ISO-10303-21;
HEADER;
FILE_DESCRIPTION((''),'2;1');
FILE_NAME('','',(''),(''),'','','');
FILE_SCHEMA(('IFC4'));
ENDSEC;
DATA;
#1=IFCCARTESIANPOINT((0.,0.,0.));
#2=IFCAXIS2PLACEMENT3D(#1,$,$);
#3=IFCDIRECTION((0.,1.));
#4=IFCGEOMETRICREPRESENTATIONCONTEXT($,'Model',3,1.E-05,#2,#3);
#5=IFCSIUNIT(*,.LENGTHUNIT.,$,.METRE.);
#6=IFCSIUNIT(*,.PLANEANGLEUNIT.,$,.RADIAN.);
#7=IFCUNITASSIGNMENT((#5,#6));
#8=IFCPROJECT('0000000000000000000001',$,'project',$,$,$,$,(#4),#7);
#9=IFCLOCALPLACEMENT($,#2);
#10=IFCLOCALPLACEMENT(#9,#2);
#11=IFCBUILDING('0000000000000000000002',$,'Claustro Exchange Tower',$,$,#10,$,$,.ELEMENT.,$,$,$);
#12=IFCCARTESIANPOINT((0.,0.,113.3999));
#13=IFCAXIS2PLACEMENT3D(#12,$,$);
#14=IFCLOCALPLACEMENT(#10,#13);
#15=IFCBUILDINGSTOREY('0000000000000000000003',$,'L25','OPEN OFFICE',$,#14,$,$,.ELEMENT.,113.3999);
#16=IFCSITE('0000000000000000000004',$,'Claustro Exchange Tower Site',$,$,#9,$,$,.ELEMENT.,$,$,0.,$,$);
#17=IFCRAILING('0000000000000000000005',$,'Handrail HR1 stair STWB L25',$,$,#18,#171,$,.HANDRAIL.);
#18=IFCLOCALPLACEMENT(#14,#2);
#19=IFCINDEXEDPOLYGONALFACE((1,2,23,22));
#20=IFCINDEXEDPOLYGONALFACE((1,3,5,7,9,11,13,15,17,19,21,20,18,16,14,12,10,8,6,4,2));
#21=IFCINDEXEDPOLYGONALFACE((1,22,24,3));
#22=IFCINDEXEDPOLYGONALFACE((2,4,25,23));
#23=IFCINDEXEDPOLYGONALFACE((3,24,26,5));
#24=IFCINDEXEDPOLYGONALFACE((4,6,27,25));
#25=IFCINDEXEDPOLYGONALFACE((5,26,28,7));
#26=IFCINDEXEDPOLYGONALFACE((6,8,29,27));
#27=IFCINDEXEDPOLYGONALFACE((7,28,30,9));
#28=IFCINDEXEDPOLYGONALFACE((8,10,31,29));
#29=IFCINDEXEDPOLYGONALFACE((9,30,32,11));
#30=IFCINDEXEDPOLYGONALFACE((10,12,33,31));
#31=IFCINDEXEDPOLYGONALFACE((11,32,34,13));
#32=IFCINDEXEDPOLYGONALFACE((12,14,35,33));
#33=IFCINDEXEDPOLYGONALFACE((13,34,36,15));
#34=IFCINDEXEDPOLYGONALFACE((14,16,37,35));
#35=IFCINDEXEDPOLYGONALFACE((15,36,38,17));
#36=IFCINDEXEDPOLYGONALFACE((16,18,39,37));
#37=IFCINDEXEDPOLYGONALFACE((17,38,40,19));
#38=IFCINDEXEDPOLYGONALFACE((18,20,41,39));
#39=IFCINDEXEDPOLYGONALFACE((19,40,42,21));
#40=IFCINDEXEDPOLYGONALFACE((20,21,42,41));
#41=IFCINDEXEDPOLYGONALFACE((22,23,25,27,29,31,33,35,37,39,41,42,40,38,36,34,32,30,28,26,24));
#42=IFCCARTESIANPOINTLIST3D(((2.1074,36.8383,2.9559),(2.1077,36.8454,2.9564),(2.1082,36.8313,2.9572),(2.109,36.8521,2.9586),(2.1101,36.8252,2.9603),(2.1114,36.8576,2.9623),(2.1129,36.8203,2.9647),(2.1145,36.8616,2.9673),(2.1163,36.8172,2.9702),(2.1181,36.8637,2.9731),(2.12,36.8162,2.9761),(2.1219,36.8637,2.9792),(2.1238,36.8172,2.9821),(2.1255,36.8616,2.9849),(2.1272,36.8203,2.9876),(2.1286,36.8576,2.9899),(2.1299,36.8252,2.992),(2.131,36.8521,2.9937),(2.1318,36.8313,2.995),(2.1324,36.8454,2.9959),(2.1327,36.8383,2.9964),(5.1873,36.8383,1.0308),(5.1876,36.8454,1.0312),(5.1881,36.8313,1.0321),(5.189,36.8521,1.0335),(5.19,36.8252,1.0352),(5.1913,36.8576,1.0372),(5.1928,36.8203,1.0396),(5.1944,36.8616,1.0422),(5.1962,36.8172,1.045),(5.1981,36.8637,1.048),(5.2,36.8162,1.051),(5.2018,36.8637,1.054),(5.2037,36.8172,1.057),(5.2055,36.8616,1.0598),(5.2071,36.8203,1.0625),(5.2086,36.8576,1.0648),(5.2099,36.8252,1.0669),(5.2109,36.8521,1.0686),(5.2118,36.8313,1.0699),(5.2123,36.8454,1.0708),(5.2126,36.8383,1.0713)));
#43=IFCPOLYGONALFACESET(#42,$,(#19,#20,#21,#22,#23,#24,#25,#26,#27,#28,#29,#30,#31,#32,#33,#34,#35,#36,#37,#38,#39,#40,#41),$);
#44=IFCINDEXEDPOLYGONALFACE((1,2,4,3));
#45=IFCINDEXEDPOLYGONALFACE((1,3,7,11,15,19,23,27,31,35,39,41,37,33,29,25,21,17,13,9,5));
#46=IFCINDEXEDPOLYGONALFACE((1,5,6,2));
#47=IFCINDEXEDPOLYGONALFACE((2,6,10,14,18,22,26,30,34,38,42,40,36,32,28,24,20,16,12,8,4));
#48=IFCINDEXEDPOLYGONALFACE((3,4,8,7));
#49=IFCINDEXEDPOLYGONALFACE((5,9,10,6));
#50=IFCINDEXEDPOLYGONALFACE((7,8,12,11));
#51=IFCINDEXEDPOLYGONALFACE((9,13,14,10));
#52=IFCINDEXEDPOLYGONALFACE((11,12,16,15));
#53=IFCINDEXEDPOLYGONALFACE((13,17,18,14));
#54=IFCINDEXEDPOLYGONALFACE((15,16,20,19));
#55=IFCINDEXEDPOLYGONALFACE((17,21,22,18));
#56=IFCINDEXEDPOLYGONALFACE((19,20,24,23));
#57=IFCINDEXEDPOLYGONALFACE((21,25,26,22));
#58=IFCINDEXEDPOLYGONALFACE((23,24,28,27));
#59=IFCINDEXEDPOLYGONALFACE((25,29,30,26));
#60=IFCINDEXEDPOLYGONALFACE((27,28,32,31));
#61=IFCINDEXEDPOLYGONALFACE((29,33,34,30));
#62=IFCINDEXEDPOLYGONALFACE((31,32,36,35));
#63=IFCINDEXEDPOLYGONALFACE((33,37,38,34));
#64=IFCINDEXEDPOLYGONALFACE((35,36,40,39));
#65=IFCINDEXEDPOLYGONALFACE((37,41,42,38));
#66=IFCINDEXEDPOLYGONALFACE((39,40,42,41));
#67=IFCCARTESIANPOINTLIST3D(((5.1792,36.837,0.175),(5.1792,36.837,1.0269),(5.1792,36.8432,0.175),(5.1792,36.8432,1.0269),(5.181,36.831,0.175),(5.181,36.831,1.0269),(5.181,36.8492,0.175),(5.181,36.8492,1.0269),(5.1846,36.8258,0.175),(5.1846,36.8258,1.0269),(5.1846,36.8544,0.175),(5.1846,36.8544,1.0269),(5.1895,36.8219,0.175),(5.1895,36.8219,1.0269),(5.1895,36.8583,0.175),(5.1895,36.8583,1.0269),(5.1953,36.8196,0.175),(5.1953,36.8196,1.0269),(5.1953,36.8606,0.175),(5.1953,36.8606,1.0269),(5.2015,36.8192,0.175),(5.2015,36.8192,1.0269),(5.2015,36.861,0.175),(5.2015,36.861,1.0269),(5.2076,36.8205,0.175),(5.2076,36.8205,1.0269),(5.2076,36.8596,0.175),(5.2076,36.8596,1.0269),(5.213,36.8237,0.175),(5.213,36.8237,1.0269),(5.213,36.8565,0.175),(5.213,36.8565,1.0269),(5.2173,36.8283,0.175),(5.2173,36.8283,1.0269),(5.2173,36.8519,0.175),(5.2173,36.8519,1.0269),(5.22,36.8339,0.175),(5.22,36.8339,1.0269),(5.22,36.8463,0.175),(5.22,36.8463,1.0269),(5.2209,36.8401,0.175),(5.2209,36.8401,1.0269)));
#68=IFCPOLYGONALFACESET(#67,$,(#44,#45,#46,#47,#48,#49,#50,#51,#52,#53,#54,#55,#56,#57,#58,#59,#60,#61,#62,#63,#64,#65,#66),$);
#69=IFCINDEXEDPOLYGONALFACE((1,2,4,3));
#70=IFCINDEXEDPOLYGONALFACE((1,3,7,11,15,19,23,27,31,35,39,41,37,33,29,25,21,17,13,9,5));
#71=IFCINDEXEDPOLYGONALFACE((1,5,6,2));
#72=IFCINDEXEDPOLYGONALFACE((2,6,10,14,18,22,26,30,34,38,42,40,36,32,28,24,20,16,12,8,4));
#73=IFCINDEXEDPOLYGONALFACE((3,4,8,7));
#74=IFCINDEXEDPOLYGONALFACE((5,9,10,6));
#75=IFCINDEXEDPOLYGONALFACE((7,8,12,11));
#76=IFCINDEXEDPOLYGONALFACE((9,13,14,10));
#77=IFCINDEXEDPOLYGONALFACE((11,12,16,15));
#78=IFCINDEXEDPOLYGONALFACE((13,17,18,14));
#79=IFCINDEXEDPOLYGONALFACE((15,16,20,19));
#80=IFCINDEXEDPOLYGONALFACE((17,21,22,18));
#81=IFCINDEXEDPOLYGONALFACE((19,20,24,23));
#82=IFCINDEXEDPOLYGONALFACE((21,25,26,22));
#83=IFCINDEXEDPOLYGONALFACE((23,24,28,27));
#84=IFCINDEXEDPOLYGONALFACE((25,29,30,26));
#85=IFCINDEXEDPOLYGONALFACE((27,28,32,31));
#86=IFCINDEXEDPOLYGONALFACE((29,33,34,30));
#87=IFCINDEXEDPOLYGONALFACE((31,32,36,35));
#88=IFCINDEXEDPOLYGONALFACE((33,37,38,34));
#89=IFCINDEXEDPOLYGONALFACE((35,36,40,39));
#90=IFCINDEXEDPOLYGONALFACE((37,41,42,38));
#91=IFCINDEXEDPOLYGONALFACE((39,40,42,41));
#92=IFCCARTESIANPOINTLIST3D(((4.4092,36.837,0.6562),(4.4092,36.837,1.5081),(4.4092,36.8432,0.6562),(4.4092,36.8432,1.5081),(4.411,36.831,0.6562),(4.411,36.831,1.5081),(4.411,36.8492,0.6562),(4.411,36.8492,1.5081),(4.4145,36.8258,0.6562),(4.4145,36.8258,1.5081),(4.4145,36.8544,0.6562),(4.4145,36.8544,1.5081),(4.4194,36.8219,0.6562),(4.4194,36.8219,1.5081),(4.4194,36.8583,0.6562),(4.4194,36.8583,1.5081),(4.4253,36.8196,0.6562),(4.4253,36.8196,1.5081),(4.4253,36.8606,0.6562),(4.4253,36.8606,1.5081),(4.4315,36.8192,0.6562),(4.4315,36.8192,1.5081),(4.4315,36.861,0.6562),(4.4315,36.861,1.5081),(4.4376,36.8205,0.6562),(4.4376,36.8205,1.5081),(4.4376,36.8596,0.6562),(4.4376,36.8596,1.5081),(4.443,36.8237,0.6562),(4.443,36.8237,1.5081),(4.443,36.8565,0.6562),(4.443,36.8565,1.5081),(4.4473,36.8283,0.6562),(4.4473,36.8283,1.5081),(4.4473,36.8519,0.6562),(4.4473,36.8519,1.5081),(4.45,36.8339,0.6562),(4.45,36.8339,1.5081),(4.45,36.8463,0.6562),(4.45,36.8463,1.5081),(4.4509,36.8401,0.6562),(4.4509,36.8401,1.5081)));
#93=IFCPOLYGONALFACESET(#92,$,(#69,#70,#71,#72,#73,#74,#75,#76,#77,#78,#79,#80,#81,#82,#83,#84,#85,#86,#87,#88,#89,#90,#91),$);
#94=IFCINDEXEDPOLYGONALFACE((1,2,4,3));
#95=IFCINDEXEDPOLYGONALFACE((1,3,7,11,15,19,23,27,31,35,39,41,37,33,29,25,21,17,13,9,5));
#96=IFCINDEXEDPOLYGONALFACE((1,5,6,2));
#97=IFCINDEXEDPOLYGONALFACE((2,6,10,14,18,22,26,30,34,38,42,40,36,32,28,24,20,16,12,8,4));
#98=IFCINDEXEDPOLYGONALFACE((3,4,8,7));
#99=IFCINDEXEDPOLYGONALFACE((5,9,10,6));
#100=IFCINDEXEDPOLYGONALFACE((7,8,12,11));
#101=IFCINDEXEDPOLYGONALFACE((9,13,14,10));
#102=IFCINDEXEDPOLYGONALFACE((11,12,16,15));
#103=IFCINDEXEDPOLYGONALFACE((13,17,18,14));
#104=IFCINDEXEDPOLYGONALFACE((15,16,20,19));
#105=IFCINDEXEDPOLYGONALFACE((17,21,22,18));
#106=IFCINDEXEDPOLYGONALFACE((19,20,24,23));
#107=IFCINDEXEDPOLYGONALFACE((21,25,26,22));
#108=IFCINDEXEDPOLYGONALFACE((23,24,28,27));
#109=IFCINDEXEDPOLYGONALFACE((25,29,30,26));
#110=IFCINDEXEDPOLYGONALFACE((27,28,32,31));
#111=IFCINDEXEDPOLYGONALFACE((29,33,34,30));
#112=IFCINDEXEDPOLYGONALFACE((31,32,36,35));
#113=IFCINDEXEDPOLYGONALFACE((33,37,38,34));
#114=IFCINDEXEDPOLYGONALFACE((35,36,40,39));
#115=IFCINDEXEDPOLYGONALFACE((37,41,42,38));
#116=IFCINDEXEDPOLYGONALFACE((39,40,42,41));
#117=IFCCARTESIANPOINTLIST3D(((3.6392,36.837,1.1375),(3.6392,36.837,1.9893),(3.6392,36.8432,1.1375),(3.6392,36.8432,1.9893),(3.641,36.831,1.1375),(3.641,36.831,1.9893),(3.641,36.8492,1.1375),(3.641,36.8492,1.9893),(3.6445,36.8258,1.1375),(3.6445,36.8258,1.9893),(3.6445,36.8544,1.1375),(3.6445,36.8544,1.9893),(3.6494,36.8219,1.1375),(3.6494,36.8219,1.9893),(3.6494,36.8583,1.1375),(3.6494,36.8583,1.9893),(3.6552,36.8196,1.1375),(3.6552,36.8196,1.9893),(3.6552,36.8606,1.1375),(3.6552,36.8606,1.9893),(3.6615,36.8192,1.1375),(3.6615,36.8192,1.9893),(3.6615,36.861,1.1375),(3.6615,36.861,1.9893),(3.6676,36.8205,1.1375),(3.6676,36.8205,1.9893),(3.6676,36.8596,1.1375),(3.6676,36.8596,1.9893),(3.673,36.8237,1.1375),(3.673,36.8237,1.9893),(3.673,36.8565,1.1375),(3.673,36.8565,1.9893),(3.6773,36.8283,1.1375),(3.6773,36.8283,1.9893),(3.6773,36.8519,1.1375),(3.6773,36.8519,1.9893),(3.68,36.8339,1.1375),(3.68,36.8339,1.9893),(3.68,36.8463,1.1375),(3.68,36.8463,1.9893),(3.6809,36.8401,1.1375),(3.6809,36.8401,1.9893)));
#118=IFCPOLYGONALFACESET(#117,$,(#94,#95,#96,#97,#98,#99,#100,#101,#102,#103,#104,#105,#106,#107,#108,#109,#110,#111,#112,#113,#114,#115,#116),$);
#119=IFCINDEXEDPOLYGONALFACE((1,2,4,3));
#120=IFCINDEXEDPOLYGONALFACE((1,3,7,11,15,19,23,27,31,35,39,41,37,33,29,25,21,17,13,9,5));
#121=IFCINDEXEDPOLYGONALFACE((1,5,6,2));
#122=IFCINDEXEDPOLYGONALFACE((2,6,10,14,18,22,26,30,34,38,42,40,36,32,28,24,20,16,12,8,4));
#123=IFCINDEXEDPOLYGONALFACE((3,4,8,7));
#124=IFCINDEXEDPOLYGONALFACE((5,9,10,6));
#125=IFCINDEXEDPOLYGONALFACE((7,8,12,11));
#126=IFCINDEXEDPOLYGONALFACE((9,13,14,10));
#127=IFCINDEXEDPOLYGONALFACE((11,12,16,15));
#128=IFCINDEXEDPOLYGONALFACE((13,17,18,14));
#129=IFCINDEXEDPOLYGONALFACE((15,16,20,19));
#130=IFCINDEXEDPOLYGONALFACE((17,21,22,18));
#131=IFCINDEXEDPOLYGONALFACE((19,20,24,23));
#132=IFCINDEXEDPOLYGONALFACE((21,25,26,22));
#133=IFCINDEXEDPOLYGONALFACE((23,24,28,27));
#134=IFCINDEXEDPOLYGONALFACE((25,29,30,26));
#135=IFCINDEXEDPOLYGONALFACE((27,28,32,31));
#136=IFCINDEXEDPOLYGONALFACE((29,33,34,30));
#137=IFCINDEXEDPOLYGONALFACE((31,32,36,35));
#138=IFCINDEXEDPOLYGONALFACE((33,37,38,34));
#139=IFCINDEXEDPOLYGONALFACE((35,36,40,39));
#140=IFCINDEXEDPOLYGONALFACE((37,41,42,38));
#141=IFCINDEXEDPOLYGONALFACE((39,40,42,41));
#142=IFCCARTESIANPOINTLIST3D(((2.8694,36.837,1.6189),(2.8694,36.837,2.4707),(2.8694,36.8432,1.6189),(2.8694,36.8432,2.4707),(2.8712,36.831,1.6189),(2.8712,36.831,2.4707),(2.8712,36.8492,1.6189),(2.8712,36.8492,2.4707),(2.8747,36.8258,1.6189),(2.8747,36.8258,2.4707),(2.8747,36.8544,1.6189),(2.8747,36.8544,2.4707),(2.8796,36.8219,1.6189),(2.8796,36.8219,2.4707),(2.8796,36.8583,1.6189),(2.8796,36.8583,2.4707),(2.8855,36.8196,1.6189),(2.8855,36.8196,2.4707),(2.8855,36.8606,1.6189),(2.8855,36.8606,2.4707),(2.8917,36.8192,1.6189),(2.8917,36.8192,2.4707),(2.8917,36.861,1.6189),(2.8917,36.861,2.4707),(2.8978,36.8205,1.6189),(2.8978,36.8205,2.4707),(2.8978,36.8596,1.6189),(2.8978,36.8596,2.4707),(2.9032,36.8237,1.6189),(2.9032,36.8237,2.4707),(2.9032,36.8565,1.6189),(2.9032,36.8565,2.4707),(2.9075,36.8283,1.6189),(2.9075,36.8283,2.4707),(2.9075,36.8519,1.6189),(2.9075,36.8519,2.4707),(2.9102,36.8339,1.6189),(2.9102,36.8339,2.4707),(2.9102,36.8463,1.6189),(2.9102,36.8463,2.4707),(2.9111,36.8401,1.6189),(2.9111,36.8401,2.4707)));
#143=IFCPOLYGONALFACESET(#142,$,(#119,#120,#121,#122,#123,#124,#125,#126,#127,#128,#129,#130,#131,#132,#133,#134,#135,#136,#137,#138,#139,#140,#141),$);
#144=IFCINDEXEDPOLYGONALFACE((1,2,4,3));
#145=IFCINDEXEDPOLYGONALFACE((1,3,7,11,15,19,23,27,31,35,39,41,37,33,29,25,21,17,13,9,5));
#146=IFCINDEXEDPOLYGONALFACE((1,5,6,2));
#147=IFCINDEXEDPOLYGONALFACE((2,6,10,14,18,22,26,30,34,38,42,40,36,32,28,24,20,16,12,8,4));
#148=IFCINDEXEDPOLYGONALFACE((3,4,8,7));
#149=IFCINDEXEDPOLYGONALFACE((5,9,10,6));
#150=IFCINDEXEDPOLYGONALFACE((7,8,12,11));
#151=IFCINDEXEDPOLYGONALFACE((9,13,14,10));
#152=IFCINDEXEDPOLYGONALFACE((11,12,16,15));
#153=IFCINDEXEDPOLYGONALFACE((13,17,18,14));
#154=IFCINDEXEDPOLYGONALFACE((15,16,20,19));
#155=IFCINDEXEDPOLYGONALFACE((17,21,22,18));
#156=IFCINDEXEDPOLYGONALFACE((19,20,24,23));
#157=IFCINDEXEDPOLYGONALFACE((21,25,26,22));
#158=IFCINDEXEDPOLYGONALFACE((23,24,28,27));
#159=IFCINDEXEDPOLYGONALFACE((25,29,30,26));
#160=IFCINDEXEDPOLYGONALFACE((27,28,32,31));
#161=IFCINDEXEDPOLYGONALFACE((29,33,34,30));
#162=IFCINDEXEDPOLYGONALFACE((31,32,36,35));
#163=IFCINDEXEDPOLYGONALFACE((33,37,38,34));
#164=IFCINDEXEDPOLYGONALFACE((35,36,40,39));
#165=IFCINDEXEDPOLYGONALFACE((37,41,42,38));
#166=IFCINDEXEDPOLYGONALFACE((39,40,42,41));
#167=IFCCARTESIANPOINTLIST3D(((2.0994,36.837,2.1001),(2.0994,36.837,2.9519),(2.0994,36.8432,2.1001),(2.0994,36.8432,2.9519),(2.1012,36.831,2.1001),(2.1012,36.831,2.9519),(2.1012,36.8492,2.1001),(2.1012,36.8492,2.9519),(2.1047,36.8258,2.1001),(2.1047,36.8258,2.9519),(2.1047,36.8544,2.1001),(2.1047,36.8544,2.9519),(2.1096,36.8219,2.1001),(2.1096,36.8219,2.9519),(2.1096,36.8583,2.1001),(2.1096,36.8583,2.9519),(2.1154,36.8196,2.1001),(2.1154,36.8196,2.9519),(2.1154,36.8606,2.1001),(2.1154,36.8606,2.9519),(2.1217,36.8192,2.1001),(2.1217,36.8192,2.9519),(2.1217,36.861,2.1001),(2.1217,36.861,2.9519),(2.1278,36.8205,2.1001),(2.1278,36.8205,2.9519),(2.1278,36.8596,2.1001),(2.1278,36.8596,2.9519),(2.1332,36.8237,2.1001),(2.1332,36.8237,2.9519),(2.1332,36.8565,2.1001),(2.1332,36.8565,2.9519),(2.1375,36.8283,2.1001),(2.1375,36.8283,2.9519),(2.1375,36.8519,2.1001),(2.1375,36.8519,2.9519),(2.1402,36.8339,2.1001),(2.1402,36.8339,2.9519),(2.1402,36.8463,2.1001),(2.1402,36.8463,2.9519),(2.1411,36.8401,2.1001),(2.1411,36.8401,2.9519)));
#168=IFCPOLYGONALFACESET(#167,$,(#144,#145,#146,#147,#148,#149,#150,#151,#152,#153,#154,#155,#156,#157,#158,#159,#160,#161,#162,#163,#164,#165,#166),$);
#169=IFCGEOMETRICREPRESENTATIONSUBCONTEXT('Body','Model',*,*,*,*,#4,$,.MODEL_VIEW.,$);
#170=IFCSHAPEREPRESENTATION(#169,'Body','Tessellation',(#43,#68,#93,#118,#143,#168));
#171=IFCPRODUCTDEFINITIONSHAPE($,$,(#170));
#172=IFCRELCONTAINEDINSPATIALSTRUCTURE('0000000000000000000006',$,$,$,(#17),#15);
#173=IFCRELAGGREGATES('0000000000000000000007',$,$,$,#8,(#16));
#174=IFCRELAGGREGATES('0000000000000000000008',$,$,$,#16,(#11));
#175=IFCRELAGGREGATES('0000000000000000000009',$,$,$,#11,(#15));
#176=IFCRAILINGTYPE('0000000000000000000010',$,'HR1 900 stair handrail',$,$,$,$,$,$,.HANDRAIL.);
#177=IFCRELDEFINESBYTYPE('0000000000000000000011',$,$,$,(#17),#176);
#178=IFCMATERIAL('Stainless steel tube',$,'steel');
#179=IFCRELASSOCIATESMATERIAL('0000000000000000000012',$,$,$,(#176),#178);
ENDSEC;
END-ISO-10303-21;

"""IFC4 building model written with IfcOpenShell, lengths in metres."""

from ifc_helpers import new_model, si_unit, direction, frame, origin, origin_2d, place, context, subcontext, project, spatial, circle, extrude, material, type_object, element, save


model = new_model("IFC4")

# Units and contexts
model_context = context("Model", 3, precision=1e-05, world=origin(), true_north=direction((0.0, 1.0)))
body_context = subcontext(model_context, "Body", "Model", "MODEL_VIEW")
ifc_project = project(units=[si_unit("LENGTHUNIT", "METRE"), si_unit("PLANEANGLEUNIT", "RADIAN")], contexts=[model_context])

# Site, building, storey
site_placement = place(None, origin())
site = spatial("IfcSite", under=ifc_project, at=site_placement, Name="Claustro Exchange Tower Site", CompositionType="ELEMENT", RefElevation=0.0)
building_placement = place(site_placement, origin())
building = spatial("IfcBuilding", under=site, at=building_placement, Name="Claustro Exchange Tower", CompositionType="ELEMENT")
storey_placement = place(building_placement, frame((0.0, 0.0, 113.3999)))
storey = spatial("IfcBuildingStorey", under=building, at=storey_placement, Name="L25", Description="OPEN OFFICE", CompositionType="ELEMENT", Elevation=113.3999)

# Railing
ifc_material_1 = material(Name="Stainless steel tube", Category="steel")
railing_type_1 = type_object("IfcRailingType", Name="HR1 900 stair handrail", PredefinedType="HANDRAIL", material=ifc_material_1)
railing_1_placement = place(storey_placement, frame((5.2, 36.8401, 0.175)))
element("IfcRailing", 1, at=railing_1_placement, inside=storey, type_object=railing_type_1, Name="Handrail HR1 stair STWB L25", PredefinedType="HANDRAIL", context=body_context, shape_type="SweptSolid", body=[
    extrude(circle(Radius=0.0239, at=origin_2d()), frame((0.0, 0.0, 0.876), z_axis=(-0.847979, 0.0, 0.530029), x_axis=(0.0, -1.0, 0.0)), (0.0, 0.0, 1.0), 3.6321),
    extrude(circle(Radius=0.021, at=origin_2d()), origin(), (0.0, 0.0, 1.0), 0.8518),
    extrude(circle(Radius=0.021, at=origin_2d()), frame((-0.77, 0.0, 0.4812)), (0.0, 0.0, 1.0), 0.8518),
    extrude(circle(Radius=0.021, at=origin_2d()), frame((-1.54, 0.0, 0.9624)), (0.0, 0.0, 1.0), 0.8518),
    extrude(circle(Radius=0.021, at=origin_2d()), frame((-2.3098, 0.0, 1.4438)), (0.0, 0.0, 1.0), 0.8518),
    extrude(circle(Radius=0.021, at=origin_2d()), frame((-3.0798, 0.0, 1.925)), (0.0, 0.0, 1.0), 0.8518),
])

save(model, "model.ifc")
